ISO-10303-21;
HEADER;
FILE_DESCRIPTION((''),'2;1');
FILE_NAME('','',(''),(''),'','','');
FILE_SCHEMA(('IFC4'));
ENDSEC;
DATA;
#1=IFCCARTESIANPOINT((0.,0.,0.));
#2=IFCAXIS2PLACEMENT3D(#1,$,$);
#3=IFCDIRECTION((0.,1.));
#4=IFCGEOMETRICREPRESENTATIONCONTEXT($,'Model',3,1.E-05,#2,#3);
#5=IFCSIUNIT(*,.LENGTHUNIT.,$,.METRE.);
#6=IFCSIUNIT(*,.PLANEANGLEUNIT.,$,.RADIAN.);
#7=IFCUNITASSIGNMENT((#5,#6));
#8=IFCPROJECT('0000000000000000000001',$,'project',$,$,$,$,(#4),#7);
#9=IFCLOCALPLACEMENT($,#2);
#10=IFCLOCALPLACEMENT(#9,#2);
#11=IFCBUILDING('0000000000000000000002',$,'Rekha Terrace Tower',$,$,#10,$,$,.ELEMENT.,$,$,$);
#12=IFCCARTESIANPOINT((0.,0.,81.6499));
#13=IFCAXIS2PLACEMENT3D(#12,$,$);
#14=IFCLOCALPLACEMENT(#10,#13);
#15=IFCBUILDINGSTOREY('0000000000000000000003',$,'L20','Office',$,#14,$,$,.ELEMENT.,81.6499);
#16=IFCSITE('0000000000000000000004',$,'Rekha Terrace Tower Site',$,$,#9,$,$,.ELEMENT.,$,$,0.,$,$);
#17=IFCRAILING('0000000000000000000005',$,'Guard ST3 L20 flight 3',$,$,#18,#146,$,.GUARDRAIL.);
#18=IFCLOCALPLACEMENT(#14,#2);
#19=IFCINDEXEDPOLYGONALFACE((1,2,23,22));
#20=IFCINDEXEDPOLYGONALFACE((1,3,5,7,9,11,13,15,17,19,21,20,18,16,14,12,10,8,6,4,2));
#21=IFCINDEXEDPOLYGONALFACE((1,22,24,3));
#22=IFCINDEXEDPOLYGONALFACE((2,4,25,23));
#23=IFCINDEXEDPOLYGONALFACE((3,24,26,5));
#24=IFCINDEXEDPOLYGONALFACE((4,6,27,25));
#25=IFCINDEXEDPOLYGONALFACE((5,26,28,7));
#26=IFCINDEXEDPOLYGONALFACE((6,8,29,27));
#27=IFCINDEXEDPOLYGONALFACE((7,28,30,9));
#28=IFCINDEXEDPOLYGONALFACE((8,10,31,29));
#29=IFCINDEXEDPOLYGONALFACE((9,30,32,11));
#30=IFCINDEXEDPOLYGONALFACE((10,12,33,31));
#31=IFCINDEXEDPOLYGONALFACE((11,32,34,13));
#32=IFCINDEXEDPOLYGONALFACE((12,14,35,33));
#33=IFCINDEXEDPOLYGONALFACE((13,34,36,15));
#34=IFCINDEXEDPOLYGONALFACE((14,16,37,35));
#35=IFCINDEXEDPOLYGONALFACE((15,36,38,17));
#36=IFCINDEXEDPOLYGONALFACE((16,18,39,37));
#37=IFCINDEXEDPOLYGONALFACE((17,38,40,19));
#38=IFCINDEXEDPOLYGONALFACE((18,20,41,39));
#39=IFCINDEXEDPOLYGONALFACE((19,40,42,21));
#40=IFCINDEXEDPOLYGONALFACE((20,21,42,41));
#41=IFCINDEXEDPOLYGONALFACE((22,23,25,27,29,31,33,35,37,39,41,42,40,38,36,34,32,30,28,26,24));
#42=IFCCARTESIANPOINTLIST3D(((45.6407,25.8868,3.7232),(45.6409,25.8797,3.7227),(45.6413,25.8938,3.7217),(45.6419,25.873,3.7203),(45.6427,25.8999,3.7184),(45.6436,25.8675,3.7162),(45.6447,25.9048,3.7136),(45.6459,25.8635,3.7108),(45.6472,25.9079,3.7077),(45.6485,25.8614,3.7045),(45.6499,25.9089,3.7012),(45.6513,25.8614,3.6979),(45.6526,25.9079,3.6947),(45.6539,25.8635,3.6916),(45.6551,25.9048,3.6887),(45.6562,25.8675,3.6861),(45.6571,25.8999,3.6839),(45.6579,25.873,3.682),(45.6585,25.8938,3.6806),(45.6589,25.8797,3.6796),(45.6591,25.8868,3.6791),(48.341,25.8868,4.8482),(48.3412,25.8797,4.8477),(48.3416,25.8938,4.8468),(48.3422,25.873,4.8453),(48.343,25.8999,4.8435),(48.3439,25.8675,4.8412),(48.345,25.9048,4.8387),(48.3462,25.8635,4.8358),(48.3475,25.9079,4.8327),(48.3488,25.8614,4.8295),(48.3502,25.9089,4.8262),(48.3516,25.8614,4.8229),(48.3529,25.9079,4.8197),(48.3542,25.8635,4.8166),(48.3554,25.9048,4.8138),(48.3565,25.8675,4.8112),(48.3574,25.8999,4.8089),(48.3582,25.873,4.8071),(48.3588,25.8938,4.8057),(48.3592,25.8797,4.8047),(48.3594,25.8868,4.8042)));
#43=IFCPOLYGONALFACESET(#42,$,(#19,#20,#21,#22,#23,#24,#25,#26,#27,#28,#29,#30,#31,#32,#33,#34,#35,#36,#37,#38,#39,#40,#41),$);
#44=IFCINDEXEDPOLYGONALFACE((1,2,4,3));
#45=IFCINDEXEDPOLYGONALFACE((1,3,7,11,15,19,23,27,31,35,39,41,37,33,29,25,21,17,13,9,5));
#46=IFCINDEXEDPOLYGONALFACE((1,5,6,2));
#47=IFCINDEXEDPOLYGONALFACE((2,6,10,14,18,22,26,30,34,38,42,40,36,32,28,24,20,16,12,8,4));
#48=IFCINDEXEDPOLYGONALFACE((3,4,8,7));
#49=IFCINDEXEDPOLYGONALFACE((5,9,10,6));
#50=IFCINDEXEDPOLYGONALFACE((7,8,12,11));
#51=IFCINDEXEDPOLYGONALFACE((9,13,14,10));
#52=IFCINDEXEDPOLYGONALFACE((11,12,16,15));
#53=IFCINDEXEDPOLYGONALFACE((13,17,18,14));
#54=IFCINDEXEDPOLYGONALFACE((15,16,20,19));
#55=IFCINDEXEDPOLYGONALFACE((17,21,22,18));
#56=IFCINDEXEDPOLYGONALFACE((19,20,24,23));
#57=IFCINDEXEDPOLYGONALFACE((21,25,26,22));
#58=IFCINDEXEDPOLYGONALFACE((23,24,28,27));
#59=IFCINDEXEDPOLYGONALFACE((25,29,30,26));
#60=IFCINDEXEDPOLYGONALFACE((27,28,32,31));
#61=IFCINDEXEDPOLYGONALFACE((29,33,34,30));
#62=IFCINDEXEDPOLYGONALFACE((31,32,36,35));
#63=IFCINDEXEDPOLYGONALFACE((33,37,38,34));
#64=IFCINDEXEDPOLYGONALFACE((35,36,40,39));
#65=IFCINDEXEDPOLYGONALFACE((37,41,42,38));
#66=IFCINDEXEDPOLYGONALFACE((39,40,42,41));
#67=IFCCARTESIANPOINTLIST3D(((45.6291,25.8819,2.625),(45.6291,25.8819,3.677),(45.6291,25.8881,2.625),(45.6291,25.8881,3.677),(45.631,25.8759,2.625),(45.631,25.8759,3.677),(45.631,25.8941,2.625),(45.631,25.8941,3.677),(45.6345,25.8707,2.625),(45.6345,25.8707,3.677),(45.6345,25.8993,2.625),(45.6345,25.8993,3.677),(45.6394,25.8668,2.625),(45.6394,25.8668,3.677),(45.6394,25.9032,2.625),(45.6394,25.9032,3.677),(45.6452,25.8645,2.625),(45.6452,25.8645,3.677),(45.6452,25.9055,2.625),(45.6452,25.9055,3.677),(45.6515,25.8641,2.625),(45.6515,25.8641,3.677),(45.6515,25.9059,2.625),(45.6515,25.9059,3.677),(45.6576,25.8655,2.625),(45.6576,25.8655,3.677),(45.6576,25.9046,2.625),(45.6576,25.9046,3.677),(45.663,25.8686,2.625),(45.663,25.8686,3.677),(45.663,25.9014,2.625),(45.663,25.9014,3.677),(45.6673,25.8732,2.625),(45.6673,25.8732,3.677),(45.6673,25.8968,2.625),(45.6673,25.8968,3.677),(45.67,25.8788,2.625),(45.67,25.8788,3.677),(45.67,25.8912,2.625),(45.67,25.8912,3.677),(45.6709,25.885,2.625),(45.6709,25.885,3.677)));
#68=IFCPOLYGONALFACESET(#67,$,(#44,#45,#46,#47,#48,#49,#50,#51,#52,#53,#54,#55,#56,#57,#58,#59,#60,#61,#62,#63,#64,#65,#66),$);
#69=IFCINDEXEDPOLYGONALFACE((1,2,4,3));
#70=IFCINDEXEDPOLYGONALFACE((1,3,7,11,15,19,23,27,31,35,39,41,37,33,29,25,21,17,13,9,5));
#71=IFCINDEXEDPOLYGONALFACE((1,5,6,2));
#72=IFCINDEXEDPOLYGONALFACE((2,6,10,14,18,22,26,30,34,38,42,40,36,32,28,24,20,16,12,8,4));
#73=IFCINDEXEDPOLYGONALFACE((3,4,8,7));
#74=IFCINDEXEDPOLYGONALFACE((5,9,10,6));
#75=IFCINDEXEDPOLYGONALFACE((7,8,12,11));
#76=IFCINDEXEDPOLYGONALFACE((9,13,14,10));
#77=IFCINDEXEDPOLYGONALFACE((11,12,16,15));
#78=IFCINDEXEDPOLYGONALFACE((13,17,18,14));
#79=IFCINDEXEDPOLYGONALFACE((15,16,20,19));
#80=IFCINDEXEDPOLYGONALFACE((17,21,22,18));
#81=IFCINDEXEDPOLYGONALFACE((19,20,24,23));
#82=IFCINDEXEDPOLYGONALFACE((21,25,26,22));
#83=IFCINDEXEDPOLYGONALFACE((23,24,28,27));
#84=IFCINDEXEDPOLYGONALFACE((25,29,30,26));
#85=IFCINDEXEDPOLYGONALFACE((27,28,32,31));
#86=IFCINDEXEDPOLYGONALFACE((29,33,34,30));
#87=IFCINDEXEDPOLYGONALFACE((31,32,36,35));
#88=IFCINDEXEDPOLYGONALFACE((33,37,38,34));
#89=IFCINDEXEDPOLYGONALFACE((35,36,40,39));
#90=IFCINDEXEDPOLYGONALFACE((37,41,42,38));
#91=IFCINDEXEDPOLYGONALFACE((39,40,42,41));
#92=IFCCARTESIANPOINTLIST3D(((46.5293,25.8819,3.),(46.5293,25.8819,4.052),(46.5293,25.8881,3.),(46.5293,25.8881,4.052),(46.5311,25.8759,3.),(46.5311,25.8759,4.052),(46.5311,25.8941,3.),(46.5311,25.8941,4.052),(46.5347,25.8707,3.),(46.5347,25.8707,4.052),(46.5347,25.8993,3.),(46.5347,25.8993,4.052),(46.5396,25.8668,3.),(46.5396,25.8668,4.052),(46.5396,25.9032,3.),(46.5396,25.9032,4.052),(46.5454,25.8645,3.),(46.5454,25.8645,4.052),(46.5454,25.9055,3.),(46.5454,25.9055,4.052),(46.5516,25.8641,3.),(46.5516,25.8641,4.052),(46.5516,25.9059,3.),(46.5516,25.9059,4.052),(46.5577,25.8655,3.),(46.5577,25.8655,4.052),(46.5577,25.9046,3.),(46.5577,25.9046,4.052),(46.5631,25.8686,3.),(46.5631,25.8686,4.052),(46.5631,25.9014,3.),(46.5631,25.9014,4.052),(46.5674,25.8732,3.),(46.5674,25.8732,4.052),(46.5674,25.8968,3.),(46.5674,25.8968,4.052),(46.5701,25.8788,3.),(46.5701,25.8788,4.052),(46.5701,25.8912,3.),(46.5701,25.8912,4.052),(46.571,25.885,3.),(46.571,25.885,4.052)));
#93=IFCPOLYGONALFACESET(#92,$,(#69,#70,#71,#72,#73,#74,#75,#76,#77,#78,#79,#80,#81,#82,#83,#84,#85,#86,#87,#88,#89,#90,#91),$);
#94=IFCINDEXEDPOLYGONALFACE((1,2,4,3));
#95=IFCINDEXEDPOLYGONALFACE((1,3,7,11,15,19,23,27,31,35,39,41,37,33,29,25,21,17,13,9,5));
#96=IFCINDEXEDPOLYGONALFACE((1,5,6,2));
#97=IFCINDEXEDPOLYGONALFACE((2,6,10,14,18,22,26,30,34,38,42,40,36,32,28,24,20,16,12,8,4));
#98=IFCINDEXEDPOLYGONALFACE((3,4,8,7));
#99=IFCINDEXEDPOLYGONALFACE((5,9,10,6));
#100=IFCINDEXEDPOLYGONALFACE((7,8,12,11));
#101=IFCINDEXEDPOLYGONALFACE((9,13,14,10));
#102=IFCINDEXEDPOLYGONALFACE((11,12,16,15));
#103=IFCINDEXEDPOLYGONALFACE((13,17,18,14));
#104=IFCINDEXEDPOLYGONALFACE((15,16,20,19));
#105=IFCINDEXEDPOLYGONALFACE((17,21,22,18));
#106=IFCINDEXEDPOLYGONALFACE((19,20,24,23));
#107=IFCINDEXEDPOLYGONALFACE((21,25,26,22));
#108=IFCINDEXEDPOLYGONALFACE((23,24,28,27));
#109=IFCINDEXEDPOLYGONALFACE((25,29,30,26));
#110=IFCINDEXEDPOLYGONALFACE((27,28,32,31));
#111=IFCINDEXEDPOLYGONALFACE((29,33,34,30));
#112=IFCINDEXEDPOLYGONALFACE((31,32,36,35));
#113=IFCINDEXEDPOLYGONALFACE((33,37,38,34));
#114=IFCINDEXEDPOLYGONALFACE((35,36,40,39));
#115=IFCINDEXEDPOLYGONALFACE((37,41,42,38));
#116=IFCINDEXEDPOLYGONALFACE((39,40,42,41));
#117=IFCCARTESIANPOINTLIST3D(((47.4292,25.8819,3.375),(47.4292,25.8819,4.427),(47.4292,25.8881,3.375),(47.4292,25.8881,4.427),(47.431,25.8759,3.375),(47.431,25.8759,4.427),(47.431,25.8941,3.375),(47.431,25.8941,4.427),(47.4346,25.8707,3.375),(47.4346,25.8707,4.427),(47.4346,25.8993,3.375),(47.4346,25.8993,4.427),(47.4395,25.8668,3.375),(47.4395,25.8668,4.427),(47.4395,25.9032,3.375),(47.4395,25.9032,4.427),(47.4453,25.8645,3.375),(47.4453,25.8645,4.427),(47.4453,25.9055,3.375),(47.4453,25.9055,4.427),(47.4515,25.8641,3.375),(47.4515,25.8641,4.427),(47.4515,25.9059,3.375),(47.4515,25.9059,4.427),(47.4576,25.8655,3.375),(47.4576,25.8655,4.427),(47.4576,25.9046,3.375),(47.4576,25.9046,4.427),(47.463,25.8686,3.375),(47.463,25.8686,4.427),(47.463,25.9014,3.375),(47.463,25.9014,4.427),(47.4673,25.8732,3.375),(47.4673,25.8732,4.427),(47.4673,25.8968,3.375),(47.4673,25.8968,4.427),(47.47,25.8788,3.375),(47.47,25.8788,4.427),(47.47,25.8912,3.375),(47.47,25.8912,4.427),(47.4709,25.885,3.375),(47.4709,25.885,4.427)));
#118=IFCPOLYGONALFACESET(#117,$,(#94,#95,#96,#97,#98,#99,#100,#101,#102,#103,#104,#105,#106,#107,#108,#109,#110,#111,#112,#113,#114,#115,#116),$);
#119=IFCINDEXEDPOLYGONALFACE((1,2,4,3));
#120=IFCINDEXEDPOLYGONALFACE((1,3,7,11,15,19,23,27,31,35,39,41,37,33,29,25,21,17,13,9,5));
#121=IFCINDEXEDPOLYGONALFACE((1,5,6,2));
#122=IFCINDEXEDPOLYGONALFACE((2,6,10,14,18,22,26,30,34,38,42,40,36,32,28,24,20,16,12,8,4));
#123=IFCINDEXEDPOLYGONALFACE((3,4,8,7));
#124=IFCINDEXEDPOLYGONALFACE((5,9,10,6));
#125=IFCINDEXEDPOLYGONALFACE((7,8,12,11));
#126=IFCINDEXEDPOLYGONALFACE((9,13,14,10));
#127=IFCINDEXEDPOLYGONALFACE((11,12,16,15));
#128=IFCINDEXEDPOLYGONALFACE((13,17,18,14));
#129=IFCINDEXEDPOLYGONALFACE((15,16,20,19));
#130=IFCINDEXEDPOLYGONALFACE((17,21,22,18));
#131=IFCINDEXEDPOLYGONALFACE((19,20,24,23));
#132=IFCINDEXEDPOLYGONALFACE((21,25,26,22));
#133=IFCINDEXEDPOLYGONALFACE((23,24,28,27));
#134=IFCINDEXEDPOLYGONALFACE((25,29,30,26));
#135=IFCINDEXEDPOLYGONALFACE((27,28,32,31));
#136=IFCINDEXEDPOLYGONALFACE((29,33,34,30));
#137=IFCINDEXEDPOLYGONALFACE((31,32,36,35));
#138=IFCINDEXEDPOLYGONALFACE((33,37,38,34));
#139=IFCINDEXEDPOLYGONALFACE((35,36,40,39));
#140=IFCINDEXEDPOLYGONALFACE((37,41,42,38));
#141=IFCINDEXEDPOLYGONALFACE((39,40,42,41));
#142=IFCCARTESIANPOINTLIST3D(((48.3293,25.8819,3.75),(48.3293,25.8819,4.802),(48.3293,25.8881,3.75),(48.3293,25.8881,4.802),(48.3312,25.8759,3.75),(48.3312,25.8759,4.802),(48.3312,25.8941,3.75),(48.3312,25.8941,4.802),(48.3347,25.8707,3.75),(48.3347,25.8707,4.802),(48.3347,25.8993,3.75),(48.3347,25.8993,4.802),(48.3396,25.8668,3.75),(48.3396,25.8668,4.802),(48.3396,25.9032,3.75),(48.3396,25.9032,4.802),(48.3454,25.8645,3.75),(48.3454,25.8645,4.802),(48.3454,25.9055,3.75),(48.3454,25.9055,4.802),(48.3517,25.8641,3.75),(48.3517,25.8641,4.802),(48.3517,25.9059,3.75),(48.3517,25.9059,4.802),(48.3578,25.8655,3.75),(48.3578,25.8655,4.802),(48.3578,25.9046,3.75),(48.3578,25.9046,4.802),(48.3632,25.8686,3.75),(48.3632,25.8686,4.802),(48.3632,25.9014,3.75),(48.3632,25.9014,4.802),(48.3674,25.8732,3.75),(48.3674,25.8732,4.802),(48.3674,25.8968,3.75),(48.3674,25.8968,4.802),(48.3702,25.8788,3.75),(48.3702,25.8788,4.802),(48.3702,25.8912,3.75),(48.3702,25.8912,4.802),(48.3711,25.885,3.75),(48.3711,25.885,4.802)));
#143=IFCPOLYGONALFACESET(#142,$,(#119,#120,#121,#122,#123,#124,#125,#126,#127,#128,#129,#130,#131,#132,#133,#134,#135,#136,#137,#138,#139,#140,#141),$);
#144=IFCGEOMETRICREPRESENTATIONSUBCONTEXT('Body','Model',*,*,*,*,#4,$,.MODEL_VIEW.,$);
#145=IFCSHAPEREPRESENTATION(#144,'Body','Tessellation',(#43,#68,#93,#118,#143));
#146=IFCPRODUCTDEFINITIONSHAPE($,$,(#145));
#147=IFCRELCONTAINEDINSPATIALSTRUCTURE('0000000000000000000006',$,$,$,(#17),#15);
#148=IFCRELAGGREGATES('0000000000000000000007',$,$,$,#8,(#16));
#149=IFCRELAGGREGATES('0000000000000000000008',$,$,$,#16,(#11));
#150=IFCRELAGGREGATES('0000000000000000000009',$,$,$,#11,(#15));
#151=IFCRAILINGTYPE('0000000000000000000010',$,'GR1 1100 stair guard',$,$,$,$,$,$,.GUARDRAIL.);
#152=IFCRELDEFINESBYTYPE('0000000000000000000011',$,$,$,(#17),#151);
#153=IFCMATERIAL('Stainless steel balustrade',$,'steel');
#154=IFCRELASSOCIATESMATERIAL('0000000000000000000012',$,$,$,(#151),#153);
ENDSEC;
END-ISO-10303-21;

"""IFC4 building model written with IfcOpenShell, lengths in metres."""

from ifc_helpers import new_model, si_unit, direction, frame, origin, origin_2d, place, context, subcontext, project, spatial, circle, extrude, material, type_object, element, save


model = new_model("IFC4")

# Units and contexts
model_context = context("Model", 3, precision=1e-05, world=origin(), true_north=direction((0.0, 1.0)))
body_context = subcontext(model_context, "Body", "Model", "MODEL_VIEW")
ifc_project = project(units=[si_unit("LENGTHUNIT", "METRE"), si_unit("PLANEANGLEUNIT", "RADIAN")], contexts=[model_context])

# Site, building, storey
site_placement = place(None, origin())
site = spatial("IfcSite", under=ifc_project, at=site_placement, Name="Rekha Terrace Tower Site", CompositionType="ELEMENT", RefElevation=0.0)
building_placement = place(site_placement, origin())
building = spatial("IfcBuilding", under=site, at=building_placement, Name="Rekha Terrace Tower", CompositionType="ELEMENT")
storey_placement = place(building_placement, frame((0.0, 0.0, 81.6499)))
storey = spatial("IfcBuildingStorey", under=building, at=storey_placement, Name="L20", Description="Office", CompositionType="ELEMENT", Elevation=81.6499)

# Railing
ifc_material_1 = material(Name="Stainless steel balustrade", Category="steel")
railing_type_1 = type_object("IfcRailingType", Name="GR1 1100 stair guard", PredefinedType="GUARDRAIL", material=ifc_material_1)
railing_1_placement = place(storey_placement, frame((45.6499, 25.885, 2.625)))
element("IfcRailing", 1, at=railing_1_placement, inside=storey, type_object=railing_type_1, Name="Guard ST3 L20 flight 3", PredefinedType="GUARDRAIL", context=body_context, shape_type="SweptSolid", body=[
    extrude(circle(Radius=0.0239, at=origin_2d()), frame((0.0, 0.0, 1.0762), z_axis=(0.923087, 0.0, 0.384592), x_axis=(0.0, 1.0, 0.0)), (0.0, 0.0, 1.0), 2.9253),
    extrude(circle(Radius=0.021, at=origin_2d()), origin(), (0.0, 0.0, 1.0), 1.052),
    extrude(circle(Radius=0.021, at=origin_2d()), frame((0.9001, 0.0, 0.375)), (0.0, 0.0, 1.0), 1.052),
    extrude(circle(Radius=0.021, at=origin_2d()), frame((1.8, 0.0, 0.75)), (0.0, 0.0, 1.0), 1.052),
    extrude(circle(Radius=0.021, at=origin_2d()), frame((2.7002, 0.0, 1.125)), (0.0, 0.0, 1.0), 1.052),
])

save(model, "model.ifc")
